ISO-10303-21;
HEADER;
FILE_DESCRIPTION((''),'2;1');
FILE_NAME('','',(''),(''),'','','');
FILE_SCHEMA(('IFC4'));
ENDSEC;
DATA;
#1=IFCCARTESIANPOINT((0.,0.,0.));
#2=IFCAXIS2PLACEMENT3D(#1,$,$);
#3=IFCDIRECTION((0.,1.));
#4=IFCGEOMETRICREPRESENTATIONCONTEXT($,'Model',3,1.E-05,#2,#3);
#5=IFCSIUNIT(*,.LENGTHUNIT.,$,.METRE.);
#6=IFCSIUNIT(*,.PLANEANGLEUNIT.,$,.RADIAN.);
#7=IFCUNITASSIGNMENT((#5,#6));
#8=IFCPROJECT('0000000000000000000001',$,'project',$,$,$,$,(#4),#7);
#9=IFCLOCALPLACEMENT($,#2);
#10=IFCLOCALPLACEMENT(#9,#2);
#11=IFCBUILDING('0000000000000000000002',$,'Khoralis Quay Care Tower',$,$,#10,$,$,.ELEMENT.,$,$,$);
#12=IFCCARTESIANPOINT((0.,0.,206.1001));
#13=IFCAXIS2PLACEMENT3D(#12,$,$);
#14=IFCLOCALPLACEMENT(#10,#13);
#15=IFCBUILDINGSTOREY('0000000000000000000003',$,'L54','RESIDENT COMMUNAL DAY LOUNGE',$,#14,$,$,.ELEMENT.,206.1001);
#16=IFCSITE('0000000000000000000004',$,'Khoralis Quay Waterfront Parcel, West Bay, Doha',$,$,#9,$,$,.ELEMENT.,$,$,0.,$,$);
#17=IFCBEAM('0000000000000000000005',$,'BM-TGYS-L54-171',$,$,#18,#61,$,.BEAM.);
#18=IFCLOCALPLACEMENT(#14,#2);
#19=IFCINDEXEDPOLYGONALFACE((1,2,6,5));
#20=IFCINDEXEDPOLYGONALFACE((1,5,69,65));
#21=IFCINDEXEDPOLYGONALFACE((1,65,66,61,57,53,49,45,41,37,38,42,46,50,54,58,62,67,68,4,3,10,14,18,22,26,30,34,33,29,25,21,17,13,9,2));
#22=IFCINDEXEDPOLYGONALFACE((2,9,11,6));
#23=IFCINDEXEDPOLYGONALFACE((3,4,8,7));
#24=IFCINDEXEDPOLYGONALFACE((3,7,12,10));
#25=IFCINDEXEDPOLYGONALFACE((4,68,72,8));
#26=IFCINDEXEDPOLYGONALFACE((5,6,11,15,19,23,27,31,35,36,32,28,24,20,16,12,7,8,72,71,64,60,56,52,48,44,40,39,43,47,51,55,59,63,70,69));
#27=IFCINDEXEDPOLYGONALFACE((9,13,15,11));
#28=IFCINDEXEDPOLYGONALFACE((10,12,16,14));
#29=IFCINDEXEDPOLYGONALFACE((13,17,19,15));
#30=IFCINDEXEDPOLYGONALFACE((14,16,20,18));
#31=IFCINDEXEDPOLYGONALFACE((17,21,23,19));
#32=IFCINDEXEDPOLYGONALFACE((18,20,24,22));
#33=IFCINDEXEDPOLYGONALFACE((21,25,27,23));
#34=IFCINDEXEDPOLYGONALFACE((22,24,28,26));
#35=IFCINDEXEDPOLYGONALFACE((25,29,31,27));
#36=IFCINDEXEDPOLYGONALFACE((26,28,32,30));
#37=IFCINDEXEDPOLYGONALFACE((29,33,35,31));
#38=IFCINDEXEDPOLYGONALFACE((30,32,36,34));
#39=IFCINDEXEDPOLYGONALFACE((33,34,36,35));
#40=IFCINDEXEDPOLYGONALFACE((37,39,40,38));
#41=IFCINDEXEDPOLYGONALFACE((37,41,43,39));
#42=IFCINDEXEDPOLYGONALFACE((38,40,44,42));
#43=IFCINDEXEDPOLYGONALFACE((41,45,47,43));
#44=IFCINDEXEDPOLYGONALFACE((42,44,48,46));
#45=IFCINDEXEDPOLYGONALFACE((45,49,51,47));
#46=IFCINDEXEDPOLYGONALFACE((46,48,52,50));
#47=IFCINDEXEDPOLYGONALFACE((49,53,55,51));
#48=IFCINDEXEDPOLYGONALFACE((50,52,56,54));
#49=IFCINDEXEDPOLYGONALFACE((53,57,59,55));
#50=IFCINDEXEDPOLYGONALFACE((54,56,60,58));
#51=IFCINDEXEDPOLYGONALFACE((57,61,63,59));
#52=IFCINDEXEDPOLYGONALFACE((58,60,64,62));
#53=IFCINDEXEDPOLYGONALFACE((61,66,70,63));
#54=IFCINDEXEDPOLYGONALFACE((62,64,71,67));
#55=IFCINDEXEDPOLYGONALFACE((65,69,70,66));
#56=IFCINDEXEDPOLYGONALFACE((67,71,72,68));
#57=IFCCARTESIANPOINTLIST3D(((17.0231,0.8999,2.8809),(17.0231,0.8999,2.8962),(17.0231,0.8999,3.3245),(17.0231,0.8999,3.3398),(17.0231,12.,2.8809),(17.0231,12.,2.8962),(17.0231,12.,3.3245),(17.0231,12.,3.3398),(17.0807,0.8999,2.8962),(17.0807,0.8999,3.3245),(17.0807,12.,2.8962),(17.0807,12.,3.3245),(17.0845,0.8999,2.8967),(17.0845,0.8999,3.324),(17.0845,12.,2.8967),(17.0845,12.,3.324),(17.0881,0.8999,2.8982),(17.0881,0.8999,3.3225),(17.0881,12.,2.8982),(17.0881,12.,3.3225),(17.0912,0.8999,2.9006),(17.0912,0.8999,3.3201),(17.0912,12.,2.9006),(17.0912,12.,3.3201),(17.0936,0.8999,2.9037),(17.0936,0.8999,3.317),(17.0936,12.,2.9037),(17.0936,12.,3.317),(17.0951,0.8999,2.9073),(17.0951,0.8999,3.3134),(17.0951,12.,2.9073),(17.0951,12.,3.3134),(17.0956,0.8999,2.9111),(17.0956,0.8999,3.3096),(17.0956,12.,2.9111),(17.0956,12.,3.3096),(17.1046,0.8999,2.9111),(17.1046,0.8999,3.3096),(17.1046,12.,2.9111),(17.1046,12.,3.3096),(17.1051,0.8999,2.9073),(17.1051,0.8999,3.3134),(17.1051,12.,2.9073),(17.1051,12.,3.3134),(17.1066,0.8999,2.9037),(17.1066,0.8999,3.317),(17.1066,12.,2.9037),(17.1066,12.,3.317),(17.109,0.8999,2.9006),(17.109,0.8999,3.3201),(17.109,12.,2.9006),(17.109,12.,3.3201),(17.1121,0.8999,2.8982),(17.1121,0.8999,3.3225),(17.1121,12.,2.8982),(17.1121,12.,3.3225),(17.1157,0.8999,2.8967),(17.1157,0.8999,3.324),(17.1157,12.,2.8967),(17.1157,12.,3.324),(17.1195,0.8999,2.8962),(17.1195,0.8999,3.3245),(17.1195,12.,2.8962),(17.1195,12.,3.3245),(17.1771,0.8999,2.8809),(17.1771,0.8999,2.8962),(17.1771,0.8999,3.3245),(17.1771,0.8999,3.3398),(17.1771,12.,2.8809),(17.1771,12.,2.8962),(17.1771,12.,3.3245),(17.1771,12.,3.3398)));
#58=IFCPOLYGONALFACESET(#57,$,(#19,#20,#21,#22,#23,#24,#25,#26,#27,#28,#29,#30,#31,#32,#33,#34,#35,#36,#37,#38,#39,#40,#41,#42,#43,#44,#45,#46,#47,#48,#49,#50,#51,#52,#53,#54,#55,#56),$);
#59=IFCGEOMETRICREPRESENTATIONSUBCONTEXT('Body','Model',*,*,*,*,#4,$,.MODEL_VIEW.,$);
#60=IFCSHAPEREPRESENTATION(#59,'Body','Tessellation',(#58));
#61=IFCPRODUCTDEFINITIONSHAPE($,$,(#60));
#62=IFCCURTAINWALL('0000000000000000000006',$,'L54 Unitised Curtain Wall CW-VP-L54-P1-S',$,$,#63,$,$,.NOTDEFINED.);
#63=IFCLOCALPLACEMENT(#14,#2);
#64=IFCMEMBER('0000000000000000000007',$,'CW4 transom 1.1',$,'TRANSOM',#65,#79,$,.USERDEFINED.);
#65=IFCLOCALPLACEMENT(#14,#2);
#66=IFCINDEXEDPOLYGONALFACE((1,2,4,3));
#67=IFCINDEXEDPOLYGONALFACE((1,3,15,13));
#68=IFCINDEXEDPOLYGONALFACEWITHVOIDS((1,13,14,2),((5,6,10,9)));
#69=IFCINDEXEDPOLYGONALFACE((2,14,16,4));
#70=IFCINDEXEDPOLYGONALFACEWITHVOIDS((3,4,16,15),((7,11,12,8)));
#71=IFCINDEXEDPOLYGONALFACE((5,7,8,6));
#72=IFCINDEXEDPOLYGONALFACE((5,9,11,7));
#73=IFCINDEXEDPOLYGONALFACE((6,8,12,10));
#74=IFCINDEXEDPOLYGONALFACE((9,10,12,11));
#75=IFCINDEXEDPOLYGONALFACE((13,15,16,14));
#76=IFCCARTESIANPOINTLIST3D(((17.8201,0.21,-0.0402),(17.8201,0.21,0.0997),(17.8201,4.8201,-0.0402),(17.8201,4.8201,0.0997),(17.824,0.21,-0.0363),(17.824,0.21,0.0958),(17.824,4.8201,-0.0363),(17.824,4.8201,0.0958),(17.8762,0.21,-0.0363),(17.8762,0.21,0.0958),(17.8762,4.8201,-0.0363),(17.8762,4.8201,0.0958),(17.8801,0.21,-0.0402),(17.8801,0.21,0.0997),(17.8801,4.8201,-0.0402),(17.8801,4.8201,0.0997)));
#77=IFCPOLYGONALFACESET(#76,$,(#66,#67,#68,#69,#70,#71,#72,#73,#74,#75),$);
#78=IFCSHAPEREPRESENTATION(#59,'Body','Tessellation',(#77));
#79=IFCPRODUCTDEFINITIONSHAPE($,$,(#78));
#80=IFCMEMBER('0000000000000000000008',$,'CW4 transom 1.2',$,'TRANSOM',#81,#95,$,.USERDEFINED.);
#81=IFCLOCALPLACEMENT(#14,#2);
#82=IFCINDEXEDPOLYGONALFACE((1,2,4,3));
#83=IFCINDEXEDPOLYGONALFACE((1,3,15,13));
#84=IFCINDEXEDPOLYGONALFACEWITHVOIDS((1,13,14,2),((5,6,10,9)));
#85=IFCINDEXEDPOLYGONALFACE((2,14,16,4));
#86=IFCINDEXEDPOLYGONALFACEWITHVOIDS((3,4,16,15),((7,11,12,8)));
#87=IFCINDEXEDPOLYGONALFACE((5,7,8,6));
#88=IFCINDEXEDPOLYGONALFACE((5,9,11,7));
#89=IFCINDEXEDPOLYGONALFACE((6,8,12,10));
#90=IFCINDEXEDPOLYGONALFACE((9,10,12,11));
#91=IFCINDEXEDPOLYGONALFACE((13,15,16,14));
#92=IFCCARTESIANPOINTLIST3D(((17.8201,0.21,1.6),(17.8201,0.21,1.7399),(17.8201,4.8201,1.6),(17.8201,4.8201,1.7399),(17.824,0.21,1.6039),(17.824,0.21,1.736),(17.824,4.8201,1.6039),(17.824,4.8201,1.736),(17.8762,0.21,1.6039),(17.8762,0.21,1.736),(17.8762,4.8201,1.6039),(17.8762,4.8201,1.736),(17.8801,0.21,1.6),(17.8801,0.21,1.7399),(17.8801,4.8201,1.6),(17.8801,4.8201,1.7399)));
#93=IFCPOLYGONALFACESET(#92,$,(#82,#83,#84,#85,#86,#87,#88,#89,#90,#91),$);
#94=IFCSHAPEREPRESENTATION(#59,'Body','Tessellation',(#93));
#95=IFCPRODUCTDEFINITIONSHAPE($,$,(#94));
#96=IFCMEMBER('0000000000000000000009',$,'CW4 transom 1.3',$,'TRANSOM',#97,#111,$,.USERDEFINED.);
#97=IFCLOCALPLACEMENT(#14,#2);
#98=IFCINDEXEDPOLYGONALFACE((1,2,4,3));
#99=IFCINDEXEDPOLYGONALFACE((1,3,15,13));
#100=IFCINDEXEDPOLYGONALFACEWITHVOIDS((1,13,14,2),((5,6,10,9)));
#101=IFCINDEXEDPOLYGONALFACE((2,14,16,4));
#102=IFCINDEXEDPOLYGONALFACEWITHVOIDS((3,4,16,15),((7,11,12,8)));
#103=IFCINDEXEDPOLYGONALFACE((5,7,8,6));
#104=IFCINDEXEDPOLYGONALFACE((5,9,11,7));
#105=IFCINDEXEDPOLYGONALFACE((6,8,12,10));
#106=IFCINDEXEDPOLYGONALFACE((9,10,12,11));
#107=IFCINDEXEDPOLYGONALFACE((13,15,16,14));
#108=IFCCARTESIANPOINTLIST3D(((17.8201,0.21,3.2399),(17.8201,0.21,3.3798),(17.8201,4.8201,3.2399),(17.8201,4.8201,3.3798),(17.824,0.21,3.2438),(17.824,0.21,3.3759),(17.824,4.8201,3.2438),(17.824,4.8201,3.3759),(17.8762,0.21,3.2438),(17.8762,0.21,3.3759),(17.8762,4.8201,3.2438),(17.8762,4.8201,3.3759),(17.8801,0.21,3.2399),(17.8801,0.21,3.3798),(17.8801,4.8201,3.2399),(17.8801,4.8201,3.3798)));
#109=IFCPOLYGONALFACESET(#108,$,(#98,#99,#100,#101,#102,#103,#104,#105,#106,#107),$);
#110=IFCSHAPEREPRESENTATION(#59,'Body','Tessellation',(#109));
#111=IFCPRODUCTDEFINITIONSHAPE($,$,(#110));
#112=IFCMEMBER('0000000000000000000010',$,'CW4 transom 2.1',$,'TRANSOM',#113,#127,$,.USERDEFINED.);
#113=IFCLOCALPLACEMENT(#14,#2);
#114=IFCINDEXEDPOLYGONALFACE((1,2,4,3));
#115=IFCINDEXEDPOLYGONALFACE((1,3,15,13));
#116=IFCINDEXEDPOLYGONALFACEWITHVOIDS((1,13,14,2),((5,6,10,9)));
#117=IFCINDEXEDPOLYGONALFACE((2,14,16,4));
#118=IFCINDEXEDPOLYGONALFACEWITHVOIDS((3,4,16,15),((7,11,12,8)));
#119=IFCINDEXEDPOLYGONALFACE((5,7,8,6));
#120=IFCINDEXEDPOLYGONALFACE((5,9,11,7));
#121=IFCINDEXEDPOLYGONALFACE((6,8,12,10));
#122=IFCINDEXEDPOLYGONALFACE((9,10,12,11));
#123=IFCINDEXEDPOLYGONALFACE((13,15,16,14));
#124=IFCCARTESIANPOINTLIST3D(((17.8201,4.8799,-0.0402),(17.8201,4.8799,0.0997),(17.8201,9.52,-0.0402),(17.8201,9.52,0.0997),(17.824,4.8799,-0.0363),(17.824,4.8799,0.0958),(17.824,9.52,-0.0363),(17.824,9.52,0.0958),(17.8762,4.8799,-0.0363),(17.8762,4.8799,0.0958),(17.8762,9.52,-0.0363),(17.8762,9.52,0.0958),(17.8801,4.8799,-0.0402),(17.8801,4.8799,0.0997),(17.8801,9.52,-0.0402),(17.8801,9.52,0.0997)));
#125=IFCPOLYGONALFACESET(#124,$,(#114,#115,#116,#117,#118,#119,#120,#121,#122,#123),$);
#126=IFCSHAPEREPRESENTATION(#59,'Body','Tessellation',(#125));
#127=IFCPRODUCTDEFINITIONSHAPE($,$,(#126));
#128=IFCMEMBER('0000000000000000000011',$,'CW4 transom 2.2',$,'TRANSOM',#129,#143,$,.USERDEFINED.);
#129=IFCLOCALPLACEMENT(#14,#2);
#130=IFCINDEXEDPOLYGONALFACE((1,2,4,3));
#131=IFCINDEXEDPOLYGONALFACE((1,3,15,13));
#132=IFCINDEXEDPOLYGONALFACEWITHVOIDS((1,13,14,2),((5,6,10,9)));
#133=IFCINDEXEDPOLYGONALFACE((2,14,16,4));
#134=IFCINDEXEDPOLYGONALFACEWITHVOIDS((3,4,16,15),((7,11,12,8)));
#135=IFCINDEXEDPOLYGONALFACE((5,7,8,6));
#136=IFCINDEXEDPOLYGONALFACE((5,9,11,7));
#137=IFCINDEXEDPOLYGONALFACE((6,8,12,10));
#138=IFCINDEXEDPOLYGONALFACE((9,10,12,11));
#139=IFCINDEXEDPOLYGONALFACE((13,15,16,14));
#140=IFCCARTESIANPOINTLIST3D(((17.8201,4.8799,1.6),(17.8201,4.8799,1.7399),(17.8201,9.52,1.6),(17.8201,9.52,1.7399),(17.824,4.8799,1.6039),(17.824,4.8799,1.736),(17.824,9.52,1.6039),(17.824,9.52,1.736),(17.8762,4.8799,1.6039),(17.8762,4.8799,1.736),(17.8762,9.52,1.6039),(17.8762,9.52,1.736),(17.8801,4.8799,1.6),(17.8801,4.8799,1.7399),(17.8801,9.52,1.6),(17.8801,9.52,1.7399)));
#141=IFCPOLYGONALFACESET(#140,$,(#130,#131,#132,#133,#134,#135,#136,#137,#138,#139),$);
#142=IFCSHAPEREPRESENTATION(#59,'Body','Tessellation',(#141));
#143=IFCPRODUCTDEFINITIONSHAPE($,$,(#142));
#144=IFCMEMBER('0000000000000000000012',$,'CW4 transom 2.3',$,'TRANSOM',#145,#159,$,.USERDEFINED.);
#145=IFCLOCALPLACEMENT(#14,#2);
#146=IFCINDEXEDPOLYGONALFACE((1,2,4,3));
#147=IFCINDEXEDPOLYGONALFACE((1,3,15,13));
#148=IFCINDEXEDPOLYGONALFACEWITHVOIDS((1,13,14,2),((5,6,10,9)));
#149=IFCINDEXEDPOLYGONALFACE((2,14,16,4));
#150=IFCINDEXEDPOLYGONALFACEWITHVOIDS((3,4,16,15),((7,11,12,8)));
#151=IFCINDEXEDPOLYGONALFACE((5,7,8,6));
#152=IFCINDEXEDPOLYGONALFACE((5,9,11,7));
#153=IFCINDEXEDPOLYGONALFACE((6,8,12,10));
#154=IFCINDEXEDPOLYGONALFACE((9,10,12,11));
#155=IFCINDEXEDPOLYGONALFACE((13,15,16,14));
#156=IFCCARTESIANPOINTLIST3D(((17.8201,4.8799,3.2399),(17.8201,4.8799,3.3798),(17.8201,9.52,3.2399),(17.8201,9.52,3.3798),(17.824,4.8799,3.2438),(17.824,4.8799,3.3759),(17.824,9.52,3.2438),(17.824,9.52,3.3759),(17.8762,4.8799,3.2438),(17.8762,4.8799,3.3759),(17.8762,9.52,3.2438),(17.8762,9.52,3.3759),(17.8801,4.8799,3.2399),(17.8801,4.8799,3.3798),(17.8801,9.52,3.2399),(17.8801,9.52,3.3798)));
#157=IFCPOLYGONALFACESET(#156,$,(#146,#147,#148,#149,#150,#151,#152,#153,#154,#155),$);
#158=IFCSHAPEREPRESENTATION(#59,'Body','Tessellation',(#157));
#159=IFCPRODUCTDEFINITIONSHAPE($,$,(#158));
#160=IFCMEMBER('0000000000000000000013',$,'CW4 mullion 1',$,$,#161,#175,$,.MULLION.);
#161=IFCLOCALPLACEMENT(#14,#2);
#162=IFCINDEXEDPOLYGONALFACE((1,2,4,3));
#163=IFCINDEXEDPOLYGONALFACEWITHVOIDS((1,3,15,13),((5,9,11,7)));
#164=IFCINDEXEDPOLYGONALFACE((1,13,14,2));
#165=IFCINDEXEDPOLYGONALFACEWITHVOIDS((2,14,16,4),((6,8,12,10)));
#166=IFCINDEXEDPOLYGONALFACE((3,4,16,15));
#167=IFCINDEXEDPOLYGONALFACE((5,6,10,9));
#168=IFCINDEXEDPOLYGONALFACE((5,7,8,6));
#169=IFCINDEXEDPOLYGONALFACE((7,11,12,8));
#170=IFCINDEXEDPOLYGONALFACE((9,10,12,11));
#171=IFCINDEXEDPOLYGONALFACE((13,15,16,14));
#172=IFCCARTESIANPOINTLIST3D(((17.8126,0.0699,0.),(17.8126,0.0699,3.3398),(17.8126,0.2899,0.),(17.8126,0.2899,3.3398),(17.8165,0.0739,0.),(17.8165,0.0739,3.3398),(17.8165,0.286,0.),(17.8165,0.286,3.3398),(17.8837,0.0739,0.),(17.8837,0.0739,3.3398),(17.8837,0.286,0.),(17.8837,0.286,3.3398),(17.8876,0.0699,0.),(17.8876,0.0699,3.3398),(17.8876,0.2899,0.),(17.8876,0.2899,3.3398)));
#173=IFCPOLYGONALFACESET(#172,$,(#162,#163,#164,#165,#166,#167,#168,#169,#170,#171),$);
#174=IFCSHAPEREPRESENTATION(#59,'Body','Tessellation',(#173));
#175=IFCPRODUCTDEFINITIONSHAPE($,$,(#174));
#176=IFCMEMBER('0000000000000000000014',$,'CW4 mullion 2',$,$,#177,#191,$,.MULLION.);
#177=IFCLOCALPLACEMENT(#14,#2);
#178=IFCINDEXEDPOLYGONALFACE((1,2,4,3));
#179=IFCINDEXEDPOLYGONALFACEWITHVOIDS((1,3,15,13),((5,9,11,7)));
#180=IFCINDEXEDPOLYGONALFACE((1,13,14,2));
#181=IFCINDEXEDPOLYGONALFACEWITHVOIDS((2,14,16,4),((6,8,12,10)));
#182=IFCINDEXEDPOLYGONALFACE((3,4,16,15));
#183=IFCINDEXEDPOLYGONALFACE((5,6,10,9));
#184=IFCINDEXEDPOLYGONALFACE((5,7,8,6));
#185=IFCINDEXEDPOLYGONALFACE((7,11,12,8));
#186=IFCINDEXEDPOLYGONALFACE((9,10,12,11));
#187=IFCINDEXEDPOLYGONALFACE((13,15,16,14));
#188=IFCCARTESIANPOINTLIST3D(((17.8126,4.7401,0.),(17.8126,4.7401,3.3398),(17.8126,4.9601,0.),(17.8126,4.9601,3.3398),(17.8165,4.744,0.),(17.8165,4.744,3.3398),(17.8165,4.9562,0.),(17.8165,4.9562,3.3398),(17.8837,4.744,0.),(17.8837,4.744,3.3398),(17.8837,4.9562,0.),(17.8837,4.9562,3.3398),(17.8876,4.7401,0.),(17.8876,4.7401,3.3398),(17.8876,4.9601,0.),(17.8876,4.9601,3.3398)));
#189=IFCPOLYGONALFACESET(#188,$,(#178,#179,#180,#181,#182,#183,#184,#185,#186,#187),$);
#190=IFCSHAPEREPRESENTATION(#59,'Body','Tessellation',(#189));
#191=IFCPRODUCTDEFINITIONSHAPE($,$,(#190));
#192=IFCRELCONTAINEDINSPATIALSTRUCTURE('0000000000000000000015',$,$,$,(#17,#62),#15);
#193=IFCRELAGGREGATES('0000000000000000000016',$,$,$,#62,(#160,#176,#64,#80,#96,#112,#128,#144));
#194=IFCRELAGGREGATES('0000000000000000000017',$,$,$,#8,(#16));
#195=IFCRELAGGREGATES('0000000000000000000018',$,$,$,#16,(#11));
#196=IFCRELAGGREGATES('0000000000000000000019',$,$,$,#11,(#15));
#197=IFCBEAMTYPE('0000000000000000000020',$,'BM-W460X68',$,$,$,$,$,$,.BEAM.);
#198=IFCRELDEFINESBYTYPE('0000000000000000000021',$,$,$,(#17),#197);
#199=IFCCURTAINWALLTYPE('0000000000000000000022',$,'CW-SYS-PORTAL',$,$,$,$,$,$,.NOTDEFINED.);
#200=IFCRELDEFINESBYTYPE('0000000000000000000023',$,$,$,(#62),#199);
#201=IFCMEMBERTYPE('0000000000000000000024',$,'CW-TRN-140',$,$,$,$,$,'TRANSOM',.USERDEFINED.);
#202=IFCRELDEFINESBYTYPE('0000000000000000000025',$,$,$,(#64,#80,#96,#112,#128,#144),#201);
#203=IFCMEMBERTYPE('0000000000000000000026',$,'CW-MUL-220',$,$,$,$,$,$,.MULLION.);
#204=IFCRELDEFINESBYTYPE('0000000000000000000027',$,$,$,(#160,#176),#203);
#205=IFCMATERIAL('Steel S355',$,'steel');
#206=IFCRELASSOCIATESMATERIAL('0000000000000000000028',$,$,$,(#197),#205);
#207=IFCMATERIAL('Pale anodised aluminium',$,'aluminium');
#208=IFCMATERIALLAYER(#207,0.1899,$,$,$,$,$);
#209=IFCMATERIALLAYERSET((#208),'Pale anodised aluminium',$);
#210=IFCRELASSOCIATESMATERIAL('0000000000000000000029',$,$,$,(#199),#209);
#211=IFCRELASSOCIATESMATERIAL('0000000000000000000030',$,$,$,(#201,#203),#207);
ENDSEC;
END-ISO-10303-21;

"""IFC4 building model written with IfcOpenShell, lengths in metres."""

from ifc_helpers import new_model, si_unit, direction, frame, origin, origin_2d, place, context, subcontext, project, spatial, hollow_rectangle, i_section, extrude, source, transform, mapped, material, layer, layer_set, material_profile, profile_set, type_object, element, aggregate, save


model = new_model("IFC4")

# Units and contexts
model_context = context("Model", 3, precision=1e-05, world=origin(), true_north=direction((0.0, 1.0)))
body_context = subcontext(model_context, "Body", "Model", "MODEL_VIEW")
ifc_project = project(units=[si_unit("LENGTHUNIT", "METRE"), si_unit("PLANEANGLEUNIT", "RADIAN")], contexts=[model_context])

# Site, building, storey
site_placement = place(None, origin())
site = spatial("IfcSite", under=ifc_project, at=site_placement, Name="Khoralis Quay Waterfront Parcel, West Bay, Doha", CompositionType="ELEMENT", RefElevation=0.0)
building_placement = place(site_placement, origin())
building = spatial("IfcBuilding", under=site, at=building_placement, Name="Khoralis Quay Care Tower", CompositionType="ELEMENT")
storey_placement = place(building_placement, frame((0.0, 0.0, 206.1001)))
storey = spatial("IfcBuildingStorey", under=building, at=storey_placement, Name="L54", Description="RESIDENT COMMUNAL DAY LOUNGE", CompositionType="ELEMENT", Elevation=206.1001)

# Beam
ifc_material_1 = material(Name="Steel S355", Category="steel")
ifc_material_profile_1 = material_profile(ifc_material_1, i_section(OverallWidth=0.1541, OverallDepth=0.459, WebThickness=0.009, FlangeThickness=0.0154, FilletRadius=0.0149, at=origin_2d()), Name="Steel S355")
ifc_profile_set_1 = profile_set([ifc_material_profile_1], Name="Steel S355")
beam_type_1 = type_object("IfcBeamType", Name="BM-W460X68", PredefinedType="BEAM", material=ifc_profile_set_1)
shared_shape_1 = source(origin(), body_context, "Body", "SweptSolid", [
    extrude(i_section(OverallWidth=0.1541, OverallDepth=0.459, WebThickness=0.009, FlangeThickness=0.0154, FilletRadius=0.0149, at=origin_2d()), origin(), (0.0, 0.0, 1.0), 11.1001),
])
beam_1_placement = place(storey_placement, frame((17.1001, 0.8999, 3.1104), z_axis=(0.0, 1.0, 0.0), x_axis=(-1.0, 0.0, 0.0)))
element("IfcBeam", 1, at=beam_1_placement, inside=storey, type_object=beam_type_1, Name="BM-TGYS-L54-171", PredefinedType="BEAM", context=body_context, shape_type="MappedRepresentation", body=[
    mapped(shared_shape_1, transform((0.0, 0.0, 0.0), scale=1.0)),
])

# Curtain wall, members
ifc_material_2 = material(Name="Pale anodised aluminium", Category="aluminium")
ifc_layer_1 = layer(ifc_material_2, 0.1899)
ifc_layer_set_1 = layer_set([ifc_layer_1], Name="Pale anodised aluminium")
curtain_wall_type = type_object("IfcCurtainWallType", Name="CW-SYS-PORTAL", PredefinedType="NOTDEFINED", material=ifc_layer_set_1)
curtain_wall_placement = place(storey_placement, origin())
curtain_wall = element("IfcCurtainWall", 2, at=curtain_wall_placement, inside=storey, type_object=curtain_wall_type, Name="L54 Unitised Curtain Wall CW-VP-L54-P1-S", PredefinedType="NOTDEFINED")
ifc_material_profile_2 = material_profile(ifc_material_2, hollow_rectangle(XDim=0.0601, YDim=0.1399, WallThickness=0.0039, at=origin_2d()), Name="Pale anodised aluminium")
ifc_profile_set_2 = profile_set([ifc_material_profile_2], Name="Pale anodised aluminium")
member_type_1 = type_object("IfcMemberType", Name="CW-TRN-140", ElementType="TRANSOM", PredefinedType="USERDEFINED", material=ifc_profile_set_2)
shared_shape_2 = source(origin(), body_context, "Body", "SweptSolid", [
    extrude(hollow_rectangle(XDim=0.0601, YDim=0.1399, WallThickness=0.0039, at=origin_2d()), origin(), (0.0, 0.0, 1.0), 4.6101),
])
member_1_placement = place(storey_placement, frame((17.8501, 0.21, 0.0298), z_axis=(0.0, 1.0, 0.0), x_axis=(-1.0, 0.0, 0.0)))
member_1 = element("IfcMember", 3, at=member_1_placement, type_object=member_type_1, Name="CW4 transom 1.1", ObjectType="TRANSOM", PredefinedType="USERDEFINED", context=body_context, shape_type="MappedRepresentation", body=[
    mapped(shared_shape_2, transform((0.0, 0.0, 0.0), scale=1.0)),
])
member_2_placement = place(storey_placement, frame((17.8501, 0.21, 1.6699), z_axis=(0.0, 1.0, 0.0), x_axis=(-1.0, 0.0, 0.0)))
member_2 = element("IfcMember", 4, at=member_2_placement, type_object=member_type_1, Name="CW4 transom 1.2", ObjectType="TRANSOM", PredefinedType="USERDEFINED", context=body_context, shape_type="MappedRepresentation", body=[
    mapped(shared_shape_2, transform((0.0, 0.0, 0.0), scale=1.0)),
])
member_3_placement = place(storey_placement, frame((17.8501, 0.21, 3.3098), z_axis=(0.0, 1.0, 0.0), x_axis=(-1.0, 0.0, 0.0)))
member_3 = element("IfcMember", 5, at=member_3_placement, type_object=member_type_1, Name="CW4 transom 1.3", ObjectType="TRANSOM", PredefinedType="USERDEFINED", context=body_context, shape_type="MappedRepresentation", body=[
    mapped(shared_shape_2, transform((0.0, 0.0, 0.0), scale=1.0)),
])
shared_shape_3 = source(origin(), body_context, "Body", "SweptSolid", [
    extrude(hollow_rectangle(XDim=0.0601, YDim=0.1399, WallThickness=0.0039, at=origin_2d()), origin(), (0.0, 0.0, 1.0), 4.6401),
])
member_4_placement = place(storey_placement, frame((17.8501, 4.8799, 0.0298), z_axis=(0.0, 1.0, 0.0), x_axis=(-1.0, 0.0, 0.0)))
member_4 = element("IfcMember", 6, at=member_4_placement, type_object=member_type_1, Name="CW4 transom 2.1", ObjectType="TRANSOM", PredefinedType="USERDEFINED", context=body_context, shape_type="MappedRepresentation", body=[
    mapped(shared_shape_3, transform((0.0, 0.0, 0.0), scale=1.0)),
])
member_5_placement = place(storey_placement, frame((17.8501, 4.8799, 1.6699), z_axis=(0.0, 1.0, 0.0), x_axis=(-1.0, 0.0, 0.0)))
member_5 = element("IfcMember", 7, at=member_5_placement, type_object=member_type_1, Name="CW4 transom 2.2", ObjectType="TRANSOM", PredefinedType="USERDEFINED", context=body_context, shape_type="MappedRepresentation", body=[
    mapped(shared_shape_3, transform((0.0, 0.0, 0.0), scale=1.0)),
])
member_6_placement = place(storey_placement, frame((17.8501, 4.8799, 3.3098), z_axis=(0.0, 1.0, 0.0), x_axis=(-1.0, 0.0, 0.0)))
member_6 = element("IfcMember", 8, at=member_6_placement, type_object=member_type_1, Name="CW4 transom 2.3", ObjectType="TRANSOM", PredefinedType="USERDEFINED", context=body_context, shape_type="MappedRepresentation", body=[
    mapped(shared_shape_3, transform((0.0, 0.0, 0.0), scale=1.0)),
])
ifc_material_profile_3 = material_profile(ifc_material_2, hollow_rectangle(XDim=0.075, YDim=0.22, WallThickness=0.0039, at=origin_2d()), Name="Pale anodised aluminium")
ifc_profile_set_3 = profile_set([ifc_material_profile_3], Name="Pale anodised aluminium")
member_type_2 = type_object("IfcMemberType", Name="CW-MUL-220", PredefinedType="MULLION", material=ifc_profile_set_3)
shared_shape_4 = source(origin(), body_context, "Body", "SweptSolid", [
    extrude(hollow_rectangle(XDim=0.075, YDim=0.22, WallThickness=0.0039, at=origin_2d()), origin(), (0.0, 0.0, 1.0), 3.3398),
])
member_7_placement = place(storey_placement, frame((17.8501, 0.1799, 0.0), z_axis=(0.0, 0.0, 1.0), x_axis=(-1.0, 0.0, 0.0)))
member_7 = element("IfcMember", 9, at=member_7_placement, type_object=member_type_2, Name="CW4 mullion 1", PredefinedType="MULLION", context=body_context, shape_type="MappedRepresentation", body=[
    mapped(shared_shape_4, transform((0.0, 0.0, 0.0), scale=1.0)),
])
member_8_placement = place(storey_placement, frame((17.8501, 4.8501, 0.0), z_axis=(0.0, 0.0, 1.0), x_axis=(-1.0, 0.0, 0.0)))
member_8 = element("IfcMember", 10, at=member_8_placement, type_object=member_type_2, Name="CW4 mullion 2", PredefinedType="MULLION", context=body_context, shape_type="MappedRepresentation", body=[
    mapped(shared_shape_4, transform((0.0, 0.0, 0.0), scale=1.0)),
])
aggregate(curtain_wall, [member_7, member_8, member_1, member_2, member_3, member_4, member_5, member_6])

save(model, "model.ifc")
